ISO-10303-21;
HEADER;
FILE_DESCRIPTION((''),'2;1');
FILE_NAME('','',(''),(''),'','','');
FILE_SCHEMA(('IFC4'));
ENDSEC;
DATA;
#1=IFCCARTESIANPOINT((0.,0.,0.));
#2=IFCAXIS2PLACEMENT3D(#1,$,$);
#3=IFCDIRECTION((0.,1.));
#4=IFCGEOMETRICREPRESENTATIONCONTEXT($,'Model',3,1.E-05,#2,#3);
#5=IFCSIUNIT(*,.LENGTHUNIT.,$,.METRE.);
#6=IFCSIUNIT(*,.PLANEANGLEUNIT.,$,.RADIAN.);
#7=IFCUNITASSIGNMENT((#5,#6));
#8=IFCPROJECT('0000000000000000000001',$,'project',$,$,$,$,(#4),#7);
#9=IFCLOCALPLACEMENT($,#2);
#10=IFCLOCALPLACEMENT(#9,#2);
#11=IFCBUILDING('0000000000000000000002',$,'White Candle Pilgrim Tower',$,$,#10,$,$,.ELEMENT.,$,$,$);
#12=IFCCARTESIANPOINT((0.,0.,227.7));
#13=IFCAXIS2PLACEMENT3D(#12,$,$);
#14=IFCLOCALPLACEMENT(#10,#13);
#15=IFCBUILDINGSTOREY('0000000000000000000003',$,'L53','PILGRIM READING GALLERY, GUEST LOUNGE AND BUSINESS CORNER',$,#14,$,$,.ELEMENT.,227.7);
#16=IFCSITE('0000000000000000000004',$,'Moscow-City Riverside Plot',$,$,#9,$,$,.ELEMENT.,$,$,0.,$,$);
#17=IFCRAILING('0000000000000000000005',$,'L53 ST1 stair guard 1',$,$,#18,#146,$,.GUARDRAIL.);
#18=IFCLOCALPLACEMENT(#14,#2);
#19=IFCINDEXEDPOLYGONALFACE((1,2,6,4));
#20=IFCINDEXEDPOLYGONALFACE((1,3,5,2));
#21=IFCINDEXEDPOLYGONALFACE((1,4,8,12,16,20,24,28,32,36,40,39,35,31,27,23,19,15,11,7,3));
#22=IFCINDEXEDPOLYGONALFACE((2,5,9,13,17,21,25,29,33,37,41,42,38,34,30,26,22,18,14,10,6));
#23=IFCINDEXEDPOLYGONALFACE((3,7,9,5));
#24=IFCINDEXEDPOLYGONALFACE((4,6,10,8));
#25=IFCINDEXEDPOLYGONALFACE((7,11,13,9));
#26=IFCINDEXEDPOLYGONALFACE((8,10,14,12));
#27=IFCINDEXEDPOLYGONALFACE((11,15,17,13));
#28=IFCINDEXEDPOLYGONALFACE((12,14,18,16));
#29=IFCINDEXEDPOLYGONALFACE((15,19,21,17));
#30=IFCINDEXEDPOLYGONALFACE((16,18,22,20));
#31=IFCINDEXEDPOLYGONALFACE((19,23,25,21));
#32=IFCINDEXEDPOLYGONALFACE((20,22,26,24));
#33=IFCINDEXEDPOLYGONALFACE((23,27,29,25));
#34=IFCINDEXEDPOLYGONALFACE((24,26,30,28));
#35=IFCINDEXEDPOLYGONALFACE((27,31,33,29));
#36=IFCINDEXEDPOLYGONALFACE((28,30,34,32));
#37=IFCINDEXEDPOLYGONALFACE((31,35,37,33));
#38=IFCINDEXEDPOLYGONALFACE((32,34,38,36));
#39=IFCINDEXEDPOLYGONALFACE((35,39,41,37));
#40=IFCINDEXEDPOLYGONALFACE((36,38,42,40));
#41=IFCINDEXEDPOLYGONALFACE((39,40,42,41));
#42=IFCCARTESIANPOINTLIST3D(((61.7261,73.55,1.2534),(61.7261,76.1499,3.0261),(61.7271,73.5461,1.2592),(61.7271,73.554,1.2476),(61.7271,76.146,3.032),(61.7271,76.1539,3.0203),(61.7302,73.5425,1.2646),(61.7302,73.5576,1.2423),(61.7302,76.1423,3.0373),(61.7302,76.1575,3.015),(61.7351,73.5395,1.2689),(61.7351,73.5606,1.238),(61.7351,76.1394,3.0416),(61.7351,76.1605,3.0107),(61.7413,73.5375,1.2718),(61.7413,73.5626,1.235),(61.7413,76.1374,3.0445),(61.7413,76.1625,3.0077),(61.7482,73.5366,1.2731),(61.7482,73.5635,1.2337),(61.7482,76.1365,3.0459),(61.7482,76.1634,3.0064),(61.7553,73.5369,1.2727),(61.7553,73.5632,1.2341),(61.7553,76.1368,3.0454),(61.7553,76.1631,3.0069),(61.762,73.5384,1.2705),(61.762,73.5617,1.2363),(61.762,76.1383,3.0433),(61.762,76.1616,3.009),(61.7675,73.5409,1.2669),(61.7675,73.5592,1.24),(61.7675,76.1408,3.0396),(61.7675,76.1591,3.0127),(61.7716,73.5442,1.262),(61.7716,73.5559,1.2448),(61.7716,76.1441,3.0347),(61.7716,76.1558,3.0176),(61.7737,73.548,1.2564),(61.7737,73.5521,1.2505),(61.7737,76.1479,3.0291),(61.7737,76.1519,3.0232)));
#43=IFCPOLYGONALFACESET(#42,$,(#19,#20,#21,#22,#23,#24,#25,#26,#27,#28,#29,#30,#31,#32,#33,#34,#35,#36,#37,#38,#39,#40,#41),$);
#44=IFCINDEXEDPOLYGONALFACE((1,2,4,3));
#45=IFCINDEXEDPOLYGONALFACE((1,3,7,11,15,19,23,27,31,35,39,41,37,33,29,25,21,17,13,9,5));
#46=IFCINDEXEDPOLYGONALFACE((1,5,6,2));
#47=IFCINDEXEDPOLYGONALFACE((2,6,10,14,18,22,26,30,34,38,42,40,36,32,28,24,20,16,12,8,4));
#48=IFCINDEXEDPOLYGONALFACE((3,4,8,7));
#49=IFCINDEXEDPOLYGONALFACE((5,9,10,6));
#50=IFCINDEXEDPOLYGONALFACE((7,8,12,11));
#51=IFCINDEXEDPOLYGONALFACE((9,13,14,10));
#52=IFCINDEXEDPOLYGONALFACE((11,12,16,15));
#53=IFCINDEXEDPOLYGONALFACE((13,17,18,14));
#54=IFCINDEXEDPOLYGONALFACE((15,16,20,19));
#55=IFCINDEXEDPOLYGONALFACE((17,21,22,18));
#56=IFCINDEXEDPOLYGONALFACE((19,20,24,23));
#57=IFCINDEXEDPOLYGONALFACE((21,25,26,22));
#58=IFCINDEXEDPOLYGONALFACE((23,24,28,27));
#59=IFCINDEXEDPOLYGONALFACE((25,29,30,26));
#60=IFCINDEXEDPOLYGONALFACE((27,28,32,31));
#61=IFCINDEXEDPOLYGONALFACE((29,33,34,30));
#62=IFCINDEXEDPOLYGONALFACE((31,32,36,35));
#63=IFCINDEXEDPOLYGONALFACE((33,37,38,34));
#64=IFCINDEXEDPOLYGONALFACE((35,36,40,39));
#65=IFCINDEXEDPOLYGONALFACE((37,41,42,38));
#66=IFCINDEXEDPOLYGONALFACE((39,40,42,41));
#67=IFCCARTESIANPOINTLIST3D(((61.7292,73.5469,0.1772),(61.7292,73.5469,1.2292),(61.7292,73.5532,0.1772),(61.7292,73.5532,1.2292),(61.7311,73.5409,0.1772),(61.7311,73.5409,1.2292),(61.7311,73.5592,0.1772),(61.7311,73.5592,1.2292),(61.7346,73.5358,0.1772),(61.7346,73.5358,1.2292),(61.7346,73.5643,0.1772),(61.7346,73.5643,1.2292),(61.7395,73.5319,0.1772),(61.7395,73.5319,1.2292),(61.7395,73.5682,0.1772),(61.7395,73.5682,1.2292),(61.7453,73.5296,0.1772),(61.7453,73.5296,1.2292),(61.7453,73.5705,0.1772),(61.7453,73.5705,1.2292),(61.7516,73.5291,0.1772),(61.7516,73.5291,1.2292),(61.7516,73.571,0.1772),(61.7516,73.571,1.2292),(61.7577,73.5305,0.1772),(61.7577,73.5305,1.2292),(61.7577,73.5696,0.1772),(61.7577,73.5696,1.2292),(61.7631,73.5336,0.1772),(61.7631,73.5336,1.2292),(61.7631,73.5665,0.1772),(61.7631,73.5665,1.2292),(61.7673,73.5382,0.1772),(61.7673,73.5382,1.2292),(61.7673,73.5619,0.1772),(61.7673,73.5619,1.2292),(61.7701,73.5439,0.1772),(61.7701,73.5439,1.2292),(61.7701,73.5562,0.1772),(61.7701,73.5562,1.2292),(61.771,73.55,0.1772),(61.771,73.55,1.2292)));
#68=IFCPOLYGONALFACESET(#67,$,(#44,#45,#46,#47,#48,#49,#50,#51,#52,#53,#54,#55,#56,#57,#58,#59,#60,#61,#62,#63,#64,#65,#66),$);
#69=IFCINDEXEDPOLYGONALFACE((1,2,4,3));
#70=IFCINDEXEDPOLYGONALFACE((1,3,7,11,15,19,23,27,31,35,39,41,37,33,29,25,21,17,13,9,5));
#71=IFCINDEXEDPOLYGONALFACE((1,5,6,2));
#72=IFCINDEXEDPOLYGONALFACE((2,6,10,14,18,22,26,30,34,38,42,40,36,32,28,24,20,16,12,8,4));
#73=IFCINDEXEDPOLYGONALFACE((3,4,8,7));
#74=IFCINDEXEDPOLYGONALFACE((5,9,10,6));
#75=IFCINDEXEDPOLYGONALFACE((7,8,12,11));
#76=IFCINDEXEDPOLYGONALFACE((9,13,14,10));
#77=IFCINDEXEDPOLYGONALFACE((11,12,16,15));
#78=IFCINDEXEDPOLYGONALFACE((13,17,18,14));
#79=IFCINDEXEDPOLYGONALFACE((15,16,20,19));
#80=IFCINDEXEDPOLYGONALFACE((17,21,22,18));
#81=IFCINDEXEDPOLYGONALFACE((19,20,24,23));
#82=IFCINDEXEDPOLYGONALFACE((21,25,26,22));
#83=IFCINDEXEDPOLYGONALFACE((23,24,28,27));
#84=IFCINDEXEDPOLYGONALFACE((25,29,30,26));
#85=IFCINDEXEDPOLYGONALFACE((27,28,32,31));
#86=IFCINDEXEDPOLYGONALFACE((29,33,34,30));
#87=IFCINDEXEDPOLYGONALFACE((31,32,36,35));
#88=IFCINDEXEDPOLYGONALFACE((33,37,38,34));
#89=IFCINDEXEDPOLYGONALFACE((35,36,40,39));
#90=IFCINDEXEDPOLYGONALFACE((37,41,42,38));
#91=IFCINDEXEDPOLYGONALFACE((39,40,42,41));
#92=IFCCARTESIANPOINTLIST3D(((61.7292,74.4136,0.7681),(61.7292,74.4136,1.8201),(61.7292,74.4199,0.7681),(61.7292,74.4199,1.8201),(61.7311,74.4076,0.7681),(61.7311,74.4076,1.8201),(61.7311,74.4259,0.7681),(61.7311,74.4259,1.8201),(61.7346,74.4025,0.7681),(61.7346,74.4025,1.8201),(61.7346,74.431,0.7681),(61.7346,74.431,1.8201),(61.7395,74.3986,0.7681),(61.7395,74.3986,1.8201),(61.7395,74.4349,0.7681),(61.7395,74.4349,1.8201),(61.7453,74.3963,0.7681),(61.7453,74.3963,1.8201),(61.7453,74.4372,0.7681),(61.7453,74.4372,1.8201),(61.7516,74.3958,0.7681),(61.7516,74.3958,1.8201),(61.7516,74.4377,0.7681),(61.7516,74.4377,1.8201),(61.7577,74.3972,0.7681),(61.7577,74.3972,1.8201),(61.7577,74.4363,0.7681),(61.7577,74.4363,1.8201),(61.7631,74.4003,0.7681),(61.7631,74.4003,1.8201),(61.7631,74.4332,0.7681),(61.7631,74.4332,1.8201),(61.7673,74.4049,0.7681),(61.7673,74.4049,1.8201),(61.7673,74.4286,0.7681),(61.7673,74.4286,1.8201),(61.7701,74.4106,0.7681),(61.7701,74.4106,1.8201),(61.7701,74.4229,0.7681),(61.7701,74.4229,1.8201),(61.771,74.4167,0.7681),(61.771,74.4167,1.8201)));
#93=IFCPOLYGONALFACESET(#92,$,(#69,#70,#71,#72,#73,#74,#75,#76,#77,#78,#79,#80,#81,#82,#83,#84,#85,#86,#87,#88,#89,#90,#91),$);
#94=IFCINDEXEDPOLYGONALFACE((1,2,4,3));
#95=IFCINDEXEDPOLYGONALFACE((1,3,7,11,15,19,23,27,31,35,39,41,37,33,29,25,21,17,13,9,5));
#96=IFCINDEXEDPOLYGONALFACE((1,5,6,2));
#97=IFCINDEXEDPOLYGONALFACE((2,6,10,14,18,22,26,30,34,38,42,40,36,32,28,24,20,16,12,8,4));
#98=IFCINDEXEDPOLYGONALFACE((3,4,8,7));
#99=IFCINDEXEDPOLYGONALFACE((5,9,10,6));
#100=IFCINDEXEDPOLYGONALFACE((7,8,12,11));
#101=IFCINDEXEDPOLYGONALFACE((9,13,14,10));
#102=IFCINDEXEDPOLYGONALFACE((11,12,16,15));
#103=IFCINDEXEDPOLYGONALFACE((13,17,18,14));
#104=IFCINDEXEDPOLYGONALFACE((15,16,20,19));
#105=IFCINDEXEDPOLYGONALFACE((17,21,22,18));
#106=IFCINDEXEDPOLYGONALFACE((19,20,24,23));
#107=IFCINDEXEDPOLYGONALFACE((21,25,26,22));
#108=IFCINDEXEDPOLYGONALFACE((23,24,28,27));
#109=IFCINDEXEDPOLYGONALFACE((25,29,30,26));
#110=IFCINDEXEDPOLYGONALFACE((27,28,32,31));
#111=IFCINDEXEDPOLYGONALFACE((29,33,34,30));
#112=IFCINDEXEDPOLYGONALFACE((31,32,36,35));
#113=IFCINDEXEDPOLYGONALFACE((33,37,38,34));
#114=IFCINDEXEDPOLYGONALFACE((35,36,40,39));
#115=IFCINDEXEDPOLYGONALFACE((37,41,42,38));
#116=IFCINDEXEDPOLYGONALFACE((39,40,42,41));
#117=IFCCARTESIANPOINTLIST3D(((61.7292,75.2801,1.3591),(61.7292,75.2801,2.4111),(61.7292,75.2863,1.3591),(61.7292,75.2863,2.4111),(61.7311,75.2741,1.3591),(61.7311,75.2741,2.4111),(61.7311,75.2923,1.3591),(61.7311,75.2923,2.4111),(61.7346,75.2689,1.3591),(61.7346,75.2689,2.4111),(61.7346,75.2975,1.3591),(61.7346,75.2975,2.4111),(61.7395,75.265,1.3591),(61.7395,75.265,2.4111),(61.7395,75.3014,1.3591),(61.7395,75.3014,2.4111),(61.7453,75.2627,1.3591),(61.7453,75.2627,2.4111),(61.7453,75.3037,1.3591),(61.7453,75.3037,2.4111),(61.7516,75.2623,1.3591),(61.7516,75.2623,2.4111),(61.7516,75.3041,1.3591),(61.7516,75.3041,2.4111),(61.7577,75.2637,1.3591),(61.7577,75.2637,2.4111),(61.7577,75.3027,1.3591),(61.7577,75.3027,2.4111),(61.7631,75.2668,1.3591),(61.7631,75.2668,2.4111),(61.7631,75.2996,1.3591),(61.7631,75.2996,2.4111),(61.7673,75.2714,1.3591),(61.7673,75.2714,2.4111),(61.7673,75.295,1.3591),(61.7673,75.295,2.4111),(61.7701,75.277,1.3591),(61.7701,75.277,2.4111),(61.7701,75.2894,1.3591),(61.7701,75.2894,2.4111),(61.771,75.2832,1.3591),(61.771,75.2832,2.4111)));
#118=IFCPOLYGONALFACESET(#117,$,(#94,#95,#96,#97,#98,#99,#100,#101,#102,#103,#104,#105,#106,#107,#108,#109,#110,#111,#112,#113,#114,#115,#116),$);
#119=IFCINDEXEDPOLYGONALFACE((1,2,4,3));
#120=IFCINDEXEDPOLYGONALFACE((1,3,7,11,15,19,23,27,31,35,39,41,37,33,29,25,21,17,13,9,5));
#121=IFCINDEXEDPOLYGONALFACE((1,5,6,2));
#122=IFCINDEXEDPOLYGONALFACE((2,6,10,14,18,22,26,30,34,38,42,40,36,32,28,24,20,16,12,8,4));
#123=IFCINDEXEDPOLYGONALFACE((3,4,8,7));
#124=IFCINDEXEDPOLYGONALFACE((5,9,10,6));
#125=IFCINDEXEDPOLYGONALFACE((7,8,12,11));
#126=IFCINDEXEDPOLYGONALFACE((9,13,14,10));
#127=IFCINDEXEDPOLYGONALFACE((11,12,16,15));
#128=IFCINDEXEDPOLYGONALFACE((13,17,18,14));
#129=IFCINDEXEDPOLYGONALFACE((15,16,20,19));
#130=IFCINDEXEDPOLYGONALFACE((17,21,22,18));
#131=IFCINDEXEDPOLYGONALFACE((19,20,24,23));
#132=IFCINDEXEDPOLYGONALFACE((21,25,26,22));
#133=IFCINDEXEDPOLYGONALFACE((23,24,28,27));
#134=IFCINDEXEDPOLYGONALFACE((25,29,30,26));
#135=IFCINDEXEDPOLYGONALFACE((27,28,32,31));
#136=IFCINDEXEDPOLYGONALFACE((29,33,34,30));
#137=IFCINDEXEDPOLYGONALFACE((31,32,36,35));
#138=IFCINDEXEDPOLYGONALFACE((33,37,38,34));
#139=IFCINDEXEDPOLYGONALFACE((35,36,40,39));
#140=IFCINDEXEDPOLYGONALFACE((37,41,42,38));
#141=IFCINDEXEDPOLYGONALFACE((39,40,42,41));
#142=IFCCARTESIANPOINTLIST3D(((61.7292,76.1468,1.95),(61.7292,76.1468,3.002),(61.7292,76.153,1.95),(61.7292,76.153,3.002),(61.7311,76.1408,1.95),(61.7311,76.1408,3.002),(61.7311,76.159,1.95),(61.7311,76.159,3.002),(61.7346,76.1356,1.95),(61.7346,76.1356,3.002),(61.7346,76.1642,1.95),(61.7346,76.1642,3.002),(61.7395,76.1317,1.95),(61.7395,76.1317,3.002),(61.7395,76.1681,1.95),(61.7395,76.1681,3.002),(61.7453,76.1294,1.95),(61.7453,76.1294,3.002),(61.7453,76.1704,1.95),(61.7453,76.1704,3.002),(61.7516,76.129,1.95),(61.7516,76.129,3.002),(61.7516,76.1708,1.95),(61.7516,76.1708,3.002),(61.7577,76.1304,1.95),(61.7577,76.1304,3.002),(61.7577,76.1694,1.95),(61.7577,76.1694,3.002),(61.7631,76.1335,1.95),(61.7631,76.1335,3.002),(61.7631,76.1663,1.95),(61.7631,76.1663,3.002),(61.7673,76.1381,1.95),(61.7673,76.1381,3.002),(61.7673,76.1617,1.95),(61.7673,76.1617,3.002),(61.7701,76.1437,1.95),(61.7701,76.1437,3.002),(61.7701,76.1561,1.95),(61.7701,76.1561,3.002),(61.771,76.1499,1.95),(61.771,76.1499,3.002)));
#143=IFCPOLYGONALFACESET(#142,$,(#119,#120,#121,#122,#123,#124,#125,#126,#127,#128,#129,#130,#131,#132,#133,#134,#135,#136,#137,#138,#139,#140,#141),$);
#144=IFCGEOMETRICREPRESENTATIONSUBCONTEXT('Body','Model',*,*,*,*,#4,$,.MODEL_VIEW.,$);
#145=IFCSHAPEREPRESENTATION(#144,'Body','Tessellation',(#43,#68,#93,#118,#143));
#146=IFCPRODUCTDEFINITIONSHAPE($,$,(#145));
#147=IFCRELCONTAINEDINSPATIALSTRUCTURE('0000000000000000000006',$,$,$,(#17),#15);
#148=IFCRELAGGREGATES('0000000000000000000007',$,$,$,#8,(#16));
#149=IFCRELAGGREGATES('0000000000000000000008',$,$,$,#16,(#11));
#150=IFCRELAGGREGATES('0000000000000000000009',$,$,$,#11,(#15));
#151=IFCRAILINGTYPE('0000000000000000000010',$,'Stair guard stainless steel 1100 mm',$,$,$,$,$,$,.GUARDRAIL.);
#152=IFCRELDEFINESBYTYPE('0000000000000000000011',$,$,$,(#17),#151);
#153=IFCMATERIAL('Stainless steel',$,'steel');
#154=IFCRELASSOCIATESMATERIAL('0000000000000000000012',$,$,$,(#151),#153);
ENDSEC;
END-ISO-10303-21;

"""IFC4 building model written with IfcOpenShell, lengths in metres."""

from ifc_helpers import new_model, si_unit, direction, frame, origin, origin_2d, place, context, subcontext, project, spatial, circle, extrude, material, type_object, element, save


model = new_model("IFC4")

# Units and contexts
model_context = context("Model", 3, precision=1e-05, world=origin(), true_north=direction((0.0, 1.0)))
body_context = subcontext(model_context, "Body", "Model", "MODEL_VIEW")
ifc_project = project(units=[si_unit("LENGTHUNIT", "METRE"), si_unit("PLANEANGLEUNIT", "RADIAN")], contexts=[model_context])

# Site, building, storey
site_placement = place(None, origin())
site = spatial("IfcSite", under=ifc_project, at=site_placement, Name="Moscow-City Riverside Plot", CompositionType="ELEMENT", RefElevation=0.0)
building_placement = place(site_placement, origin())
building = spatial("IfcBuilding", under=site, at=building_placement, Name="White Candle Pilgrim Tower", CompositionType="ELEMENT")
storey_placement = place(building_placement, frame((0.0, 0.0, 227.7)))
storey = spatial("IfcBuildingStorey", under=building, at=storey_placement, Name="L53", Description="PILGRIM READING GALLERY, GUEST LOUNGE AND BUSINESS CORNER", CompositionType="ELEMENT", Elevation=227.7)

# Railing
ifc_material_1 = material(Name="Stainless steel", Category="steel")
railing_type_1 = type_object("IfcRailingType", Name="Stair guard stainless steel 1100 mm", PredefinedType="GUARDRAIL", material=ifc_material_1)
railing_1_placement = place(storey_placement, frame((61.75, 73.55, 0.1772)))
element("IfcRailing", 1, at=railing_1_placement, inside=storey, type_object=railing_type_1, Name="L53 ST1 stair guard 1", PredefinedType="GUARDRAIL", context=body_context, shape_type="SweptSolid", body=[
    extrude(circle(Radius=0.0239, at=origin_2d()), frame((0.0, 0.0, 1.0762), z_axis=(0.0, 0.826216, 0.563354), x_axis=(-1.0, 0.0, 0.0)), (0.0, 0.0, 1.0), 3.1467),
    extrude(circle(Radius=0.021, at=origin_2d()), origin(), (0.0, 0.0, 1.0), 1.052),
    extrude(circle(Radius=0.021, at=origin_2d()), frame((0.0, 0.8667, 0.5908)), (0.0, 0.0, 1.0), 1.052),
    extrude(circle(Radius=0.021, at=origin_2d()), frame((0.0, 1.7332, 1.1819)), (0.0, 0.0, 1.0), 1.052),
    extrude(circle(Radius=0.021, at=origin_2d()), frame((0.0, 2.5999, 1.7727)), (0.0, 0.0, 1.0), 1.052),
])

save(model, "model.ifc")
